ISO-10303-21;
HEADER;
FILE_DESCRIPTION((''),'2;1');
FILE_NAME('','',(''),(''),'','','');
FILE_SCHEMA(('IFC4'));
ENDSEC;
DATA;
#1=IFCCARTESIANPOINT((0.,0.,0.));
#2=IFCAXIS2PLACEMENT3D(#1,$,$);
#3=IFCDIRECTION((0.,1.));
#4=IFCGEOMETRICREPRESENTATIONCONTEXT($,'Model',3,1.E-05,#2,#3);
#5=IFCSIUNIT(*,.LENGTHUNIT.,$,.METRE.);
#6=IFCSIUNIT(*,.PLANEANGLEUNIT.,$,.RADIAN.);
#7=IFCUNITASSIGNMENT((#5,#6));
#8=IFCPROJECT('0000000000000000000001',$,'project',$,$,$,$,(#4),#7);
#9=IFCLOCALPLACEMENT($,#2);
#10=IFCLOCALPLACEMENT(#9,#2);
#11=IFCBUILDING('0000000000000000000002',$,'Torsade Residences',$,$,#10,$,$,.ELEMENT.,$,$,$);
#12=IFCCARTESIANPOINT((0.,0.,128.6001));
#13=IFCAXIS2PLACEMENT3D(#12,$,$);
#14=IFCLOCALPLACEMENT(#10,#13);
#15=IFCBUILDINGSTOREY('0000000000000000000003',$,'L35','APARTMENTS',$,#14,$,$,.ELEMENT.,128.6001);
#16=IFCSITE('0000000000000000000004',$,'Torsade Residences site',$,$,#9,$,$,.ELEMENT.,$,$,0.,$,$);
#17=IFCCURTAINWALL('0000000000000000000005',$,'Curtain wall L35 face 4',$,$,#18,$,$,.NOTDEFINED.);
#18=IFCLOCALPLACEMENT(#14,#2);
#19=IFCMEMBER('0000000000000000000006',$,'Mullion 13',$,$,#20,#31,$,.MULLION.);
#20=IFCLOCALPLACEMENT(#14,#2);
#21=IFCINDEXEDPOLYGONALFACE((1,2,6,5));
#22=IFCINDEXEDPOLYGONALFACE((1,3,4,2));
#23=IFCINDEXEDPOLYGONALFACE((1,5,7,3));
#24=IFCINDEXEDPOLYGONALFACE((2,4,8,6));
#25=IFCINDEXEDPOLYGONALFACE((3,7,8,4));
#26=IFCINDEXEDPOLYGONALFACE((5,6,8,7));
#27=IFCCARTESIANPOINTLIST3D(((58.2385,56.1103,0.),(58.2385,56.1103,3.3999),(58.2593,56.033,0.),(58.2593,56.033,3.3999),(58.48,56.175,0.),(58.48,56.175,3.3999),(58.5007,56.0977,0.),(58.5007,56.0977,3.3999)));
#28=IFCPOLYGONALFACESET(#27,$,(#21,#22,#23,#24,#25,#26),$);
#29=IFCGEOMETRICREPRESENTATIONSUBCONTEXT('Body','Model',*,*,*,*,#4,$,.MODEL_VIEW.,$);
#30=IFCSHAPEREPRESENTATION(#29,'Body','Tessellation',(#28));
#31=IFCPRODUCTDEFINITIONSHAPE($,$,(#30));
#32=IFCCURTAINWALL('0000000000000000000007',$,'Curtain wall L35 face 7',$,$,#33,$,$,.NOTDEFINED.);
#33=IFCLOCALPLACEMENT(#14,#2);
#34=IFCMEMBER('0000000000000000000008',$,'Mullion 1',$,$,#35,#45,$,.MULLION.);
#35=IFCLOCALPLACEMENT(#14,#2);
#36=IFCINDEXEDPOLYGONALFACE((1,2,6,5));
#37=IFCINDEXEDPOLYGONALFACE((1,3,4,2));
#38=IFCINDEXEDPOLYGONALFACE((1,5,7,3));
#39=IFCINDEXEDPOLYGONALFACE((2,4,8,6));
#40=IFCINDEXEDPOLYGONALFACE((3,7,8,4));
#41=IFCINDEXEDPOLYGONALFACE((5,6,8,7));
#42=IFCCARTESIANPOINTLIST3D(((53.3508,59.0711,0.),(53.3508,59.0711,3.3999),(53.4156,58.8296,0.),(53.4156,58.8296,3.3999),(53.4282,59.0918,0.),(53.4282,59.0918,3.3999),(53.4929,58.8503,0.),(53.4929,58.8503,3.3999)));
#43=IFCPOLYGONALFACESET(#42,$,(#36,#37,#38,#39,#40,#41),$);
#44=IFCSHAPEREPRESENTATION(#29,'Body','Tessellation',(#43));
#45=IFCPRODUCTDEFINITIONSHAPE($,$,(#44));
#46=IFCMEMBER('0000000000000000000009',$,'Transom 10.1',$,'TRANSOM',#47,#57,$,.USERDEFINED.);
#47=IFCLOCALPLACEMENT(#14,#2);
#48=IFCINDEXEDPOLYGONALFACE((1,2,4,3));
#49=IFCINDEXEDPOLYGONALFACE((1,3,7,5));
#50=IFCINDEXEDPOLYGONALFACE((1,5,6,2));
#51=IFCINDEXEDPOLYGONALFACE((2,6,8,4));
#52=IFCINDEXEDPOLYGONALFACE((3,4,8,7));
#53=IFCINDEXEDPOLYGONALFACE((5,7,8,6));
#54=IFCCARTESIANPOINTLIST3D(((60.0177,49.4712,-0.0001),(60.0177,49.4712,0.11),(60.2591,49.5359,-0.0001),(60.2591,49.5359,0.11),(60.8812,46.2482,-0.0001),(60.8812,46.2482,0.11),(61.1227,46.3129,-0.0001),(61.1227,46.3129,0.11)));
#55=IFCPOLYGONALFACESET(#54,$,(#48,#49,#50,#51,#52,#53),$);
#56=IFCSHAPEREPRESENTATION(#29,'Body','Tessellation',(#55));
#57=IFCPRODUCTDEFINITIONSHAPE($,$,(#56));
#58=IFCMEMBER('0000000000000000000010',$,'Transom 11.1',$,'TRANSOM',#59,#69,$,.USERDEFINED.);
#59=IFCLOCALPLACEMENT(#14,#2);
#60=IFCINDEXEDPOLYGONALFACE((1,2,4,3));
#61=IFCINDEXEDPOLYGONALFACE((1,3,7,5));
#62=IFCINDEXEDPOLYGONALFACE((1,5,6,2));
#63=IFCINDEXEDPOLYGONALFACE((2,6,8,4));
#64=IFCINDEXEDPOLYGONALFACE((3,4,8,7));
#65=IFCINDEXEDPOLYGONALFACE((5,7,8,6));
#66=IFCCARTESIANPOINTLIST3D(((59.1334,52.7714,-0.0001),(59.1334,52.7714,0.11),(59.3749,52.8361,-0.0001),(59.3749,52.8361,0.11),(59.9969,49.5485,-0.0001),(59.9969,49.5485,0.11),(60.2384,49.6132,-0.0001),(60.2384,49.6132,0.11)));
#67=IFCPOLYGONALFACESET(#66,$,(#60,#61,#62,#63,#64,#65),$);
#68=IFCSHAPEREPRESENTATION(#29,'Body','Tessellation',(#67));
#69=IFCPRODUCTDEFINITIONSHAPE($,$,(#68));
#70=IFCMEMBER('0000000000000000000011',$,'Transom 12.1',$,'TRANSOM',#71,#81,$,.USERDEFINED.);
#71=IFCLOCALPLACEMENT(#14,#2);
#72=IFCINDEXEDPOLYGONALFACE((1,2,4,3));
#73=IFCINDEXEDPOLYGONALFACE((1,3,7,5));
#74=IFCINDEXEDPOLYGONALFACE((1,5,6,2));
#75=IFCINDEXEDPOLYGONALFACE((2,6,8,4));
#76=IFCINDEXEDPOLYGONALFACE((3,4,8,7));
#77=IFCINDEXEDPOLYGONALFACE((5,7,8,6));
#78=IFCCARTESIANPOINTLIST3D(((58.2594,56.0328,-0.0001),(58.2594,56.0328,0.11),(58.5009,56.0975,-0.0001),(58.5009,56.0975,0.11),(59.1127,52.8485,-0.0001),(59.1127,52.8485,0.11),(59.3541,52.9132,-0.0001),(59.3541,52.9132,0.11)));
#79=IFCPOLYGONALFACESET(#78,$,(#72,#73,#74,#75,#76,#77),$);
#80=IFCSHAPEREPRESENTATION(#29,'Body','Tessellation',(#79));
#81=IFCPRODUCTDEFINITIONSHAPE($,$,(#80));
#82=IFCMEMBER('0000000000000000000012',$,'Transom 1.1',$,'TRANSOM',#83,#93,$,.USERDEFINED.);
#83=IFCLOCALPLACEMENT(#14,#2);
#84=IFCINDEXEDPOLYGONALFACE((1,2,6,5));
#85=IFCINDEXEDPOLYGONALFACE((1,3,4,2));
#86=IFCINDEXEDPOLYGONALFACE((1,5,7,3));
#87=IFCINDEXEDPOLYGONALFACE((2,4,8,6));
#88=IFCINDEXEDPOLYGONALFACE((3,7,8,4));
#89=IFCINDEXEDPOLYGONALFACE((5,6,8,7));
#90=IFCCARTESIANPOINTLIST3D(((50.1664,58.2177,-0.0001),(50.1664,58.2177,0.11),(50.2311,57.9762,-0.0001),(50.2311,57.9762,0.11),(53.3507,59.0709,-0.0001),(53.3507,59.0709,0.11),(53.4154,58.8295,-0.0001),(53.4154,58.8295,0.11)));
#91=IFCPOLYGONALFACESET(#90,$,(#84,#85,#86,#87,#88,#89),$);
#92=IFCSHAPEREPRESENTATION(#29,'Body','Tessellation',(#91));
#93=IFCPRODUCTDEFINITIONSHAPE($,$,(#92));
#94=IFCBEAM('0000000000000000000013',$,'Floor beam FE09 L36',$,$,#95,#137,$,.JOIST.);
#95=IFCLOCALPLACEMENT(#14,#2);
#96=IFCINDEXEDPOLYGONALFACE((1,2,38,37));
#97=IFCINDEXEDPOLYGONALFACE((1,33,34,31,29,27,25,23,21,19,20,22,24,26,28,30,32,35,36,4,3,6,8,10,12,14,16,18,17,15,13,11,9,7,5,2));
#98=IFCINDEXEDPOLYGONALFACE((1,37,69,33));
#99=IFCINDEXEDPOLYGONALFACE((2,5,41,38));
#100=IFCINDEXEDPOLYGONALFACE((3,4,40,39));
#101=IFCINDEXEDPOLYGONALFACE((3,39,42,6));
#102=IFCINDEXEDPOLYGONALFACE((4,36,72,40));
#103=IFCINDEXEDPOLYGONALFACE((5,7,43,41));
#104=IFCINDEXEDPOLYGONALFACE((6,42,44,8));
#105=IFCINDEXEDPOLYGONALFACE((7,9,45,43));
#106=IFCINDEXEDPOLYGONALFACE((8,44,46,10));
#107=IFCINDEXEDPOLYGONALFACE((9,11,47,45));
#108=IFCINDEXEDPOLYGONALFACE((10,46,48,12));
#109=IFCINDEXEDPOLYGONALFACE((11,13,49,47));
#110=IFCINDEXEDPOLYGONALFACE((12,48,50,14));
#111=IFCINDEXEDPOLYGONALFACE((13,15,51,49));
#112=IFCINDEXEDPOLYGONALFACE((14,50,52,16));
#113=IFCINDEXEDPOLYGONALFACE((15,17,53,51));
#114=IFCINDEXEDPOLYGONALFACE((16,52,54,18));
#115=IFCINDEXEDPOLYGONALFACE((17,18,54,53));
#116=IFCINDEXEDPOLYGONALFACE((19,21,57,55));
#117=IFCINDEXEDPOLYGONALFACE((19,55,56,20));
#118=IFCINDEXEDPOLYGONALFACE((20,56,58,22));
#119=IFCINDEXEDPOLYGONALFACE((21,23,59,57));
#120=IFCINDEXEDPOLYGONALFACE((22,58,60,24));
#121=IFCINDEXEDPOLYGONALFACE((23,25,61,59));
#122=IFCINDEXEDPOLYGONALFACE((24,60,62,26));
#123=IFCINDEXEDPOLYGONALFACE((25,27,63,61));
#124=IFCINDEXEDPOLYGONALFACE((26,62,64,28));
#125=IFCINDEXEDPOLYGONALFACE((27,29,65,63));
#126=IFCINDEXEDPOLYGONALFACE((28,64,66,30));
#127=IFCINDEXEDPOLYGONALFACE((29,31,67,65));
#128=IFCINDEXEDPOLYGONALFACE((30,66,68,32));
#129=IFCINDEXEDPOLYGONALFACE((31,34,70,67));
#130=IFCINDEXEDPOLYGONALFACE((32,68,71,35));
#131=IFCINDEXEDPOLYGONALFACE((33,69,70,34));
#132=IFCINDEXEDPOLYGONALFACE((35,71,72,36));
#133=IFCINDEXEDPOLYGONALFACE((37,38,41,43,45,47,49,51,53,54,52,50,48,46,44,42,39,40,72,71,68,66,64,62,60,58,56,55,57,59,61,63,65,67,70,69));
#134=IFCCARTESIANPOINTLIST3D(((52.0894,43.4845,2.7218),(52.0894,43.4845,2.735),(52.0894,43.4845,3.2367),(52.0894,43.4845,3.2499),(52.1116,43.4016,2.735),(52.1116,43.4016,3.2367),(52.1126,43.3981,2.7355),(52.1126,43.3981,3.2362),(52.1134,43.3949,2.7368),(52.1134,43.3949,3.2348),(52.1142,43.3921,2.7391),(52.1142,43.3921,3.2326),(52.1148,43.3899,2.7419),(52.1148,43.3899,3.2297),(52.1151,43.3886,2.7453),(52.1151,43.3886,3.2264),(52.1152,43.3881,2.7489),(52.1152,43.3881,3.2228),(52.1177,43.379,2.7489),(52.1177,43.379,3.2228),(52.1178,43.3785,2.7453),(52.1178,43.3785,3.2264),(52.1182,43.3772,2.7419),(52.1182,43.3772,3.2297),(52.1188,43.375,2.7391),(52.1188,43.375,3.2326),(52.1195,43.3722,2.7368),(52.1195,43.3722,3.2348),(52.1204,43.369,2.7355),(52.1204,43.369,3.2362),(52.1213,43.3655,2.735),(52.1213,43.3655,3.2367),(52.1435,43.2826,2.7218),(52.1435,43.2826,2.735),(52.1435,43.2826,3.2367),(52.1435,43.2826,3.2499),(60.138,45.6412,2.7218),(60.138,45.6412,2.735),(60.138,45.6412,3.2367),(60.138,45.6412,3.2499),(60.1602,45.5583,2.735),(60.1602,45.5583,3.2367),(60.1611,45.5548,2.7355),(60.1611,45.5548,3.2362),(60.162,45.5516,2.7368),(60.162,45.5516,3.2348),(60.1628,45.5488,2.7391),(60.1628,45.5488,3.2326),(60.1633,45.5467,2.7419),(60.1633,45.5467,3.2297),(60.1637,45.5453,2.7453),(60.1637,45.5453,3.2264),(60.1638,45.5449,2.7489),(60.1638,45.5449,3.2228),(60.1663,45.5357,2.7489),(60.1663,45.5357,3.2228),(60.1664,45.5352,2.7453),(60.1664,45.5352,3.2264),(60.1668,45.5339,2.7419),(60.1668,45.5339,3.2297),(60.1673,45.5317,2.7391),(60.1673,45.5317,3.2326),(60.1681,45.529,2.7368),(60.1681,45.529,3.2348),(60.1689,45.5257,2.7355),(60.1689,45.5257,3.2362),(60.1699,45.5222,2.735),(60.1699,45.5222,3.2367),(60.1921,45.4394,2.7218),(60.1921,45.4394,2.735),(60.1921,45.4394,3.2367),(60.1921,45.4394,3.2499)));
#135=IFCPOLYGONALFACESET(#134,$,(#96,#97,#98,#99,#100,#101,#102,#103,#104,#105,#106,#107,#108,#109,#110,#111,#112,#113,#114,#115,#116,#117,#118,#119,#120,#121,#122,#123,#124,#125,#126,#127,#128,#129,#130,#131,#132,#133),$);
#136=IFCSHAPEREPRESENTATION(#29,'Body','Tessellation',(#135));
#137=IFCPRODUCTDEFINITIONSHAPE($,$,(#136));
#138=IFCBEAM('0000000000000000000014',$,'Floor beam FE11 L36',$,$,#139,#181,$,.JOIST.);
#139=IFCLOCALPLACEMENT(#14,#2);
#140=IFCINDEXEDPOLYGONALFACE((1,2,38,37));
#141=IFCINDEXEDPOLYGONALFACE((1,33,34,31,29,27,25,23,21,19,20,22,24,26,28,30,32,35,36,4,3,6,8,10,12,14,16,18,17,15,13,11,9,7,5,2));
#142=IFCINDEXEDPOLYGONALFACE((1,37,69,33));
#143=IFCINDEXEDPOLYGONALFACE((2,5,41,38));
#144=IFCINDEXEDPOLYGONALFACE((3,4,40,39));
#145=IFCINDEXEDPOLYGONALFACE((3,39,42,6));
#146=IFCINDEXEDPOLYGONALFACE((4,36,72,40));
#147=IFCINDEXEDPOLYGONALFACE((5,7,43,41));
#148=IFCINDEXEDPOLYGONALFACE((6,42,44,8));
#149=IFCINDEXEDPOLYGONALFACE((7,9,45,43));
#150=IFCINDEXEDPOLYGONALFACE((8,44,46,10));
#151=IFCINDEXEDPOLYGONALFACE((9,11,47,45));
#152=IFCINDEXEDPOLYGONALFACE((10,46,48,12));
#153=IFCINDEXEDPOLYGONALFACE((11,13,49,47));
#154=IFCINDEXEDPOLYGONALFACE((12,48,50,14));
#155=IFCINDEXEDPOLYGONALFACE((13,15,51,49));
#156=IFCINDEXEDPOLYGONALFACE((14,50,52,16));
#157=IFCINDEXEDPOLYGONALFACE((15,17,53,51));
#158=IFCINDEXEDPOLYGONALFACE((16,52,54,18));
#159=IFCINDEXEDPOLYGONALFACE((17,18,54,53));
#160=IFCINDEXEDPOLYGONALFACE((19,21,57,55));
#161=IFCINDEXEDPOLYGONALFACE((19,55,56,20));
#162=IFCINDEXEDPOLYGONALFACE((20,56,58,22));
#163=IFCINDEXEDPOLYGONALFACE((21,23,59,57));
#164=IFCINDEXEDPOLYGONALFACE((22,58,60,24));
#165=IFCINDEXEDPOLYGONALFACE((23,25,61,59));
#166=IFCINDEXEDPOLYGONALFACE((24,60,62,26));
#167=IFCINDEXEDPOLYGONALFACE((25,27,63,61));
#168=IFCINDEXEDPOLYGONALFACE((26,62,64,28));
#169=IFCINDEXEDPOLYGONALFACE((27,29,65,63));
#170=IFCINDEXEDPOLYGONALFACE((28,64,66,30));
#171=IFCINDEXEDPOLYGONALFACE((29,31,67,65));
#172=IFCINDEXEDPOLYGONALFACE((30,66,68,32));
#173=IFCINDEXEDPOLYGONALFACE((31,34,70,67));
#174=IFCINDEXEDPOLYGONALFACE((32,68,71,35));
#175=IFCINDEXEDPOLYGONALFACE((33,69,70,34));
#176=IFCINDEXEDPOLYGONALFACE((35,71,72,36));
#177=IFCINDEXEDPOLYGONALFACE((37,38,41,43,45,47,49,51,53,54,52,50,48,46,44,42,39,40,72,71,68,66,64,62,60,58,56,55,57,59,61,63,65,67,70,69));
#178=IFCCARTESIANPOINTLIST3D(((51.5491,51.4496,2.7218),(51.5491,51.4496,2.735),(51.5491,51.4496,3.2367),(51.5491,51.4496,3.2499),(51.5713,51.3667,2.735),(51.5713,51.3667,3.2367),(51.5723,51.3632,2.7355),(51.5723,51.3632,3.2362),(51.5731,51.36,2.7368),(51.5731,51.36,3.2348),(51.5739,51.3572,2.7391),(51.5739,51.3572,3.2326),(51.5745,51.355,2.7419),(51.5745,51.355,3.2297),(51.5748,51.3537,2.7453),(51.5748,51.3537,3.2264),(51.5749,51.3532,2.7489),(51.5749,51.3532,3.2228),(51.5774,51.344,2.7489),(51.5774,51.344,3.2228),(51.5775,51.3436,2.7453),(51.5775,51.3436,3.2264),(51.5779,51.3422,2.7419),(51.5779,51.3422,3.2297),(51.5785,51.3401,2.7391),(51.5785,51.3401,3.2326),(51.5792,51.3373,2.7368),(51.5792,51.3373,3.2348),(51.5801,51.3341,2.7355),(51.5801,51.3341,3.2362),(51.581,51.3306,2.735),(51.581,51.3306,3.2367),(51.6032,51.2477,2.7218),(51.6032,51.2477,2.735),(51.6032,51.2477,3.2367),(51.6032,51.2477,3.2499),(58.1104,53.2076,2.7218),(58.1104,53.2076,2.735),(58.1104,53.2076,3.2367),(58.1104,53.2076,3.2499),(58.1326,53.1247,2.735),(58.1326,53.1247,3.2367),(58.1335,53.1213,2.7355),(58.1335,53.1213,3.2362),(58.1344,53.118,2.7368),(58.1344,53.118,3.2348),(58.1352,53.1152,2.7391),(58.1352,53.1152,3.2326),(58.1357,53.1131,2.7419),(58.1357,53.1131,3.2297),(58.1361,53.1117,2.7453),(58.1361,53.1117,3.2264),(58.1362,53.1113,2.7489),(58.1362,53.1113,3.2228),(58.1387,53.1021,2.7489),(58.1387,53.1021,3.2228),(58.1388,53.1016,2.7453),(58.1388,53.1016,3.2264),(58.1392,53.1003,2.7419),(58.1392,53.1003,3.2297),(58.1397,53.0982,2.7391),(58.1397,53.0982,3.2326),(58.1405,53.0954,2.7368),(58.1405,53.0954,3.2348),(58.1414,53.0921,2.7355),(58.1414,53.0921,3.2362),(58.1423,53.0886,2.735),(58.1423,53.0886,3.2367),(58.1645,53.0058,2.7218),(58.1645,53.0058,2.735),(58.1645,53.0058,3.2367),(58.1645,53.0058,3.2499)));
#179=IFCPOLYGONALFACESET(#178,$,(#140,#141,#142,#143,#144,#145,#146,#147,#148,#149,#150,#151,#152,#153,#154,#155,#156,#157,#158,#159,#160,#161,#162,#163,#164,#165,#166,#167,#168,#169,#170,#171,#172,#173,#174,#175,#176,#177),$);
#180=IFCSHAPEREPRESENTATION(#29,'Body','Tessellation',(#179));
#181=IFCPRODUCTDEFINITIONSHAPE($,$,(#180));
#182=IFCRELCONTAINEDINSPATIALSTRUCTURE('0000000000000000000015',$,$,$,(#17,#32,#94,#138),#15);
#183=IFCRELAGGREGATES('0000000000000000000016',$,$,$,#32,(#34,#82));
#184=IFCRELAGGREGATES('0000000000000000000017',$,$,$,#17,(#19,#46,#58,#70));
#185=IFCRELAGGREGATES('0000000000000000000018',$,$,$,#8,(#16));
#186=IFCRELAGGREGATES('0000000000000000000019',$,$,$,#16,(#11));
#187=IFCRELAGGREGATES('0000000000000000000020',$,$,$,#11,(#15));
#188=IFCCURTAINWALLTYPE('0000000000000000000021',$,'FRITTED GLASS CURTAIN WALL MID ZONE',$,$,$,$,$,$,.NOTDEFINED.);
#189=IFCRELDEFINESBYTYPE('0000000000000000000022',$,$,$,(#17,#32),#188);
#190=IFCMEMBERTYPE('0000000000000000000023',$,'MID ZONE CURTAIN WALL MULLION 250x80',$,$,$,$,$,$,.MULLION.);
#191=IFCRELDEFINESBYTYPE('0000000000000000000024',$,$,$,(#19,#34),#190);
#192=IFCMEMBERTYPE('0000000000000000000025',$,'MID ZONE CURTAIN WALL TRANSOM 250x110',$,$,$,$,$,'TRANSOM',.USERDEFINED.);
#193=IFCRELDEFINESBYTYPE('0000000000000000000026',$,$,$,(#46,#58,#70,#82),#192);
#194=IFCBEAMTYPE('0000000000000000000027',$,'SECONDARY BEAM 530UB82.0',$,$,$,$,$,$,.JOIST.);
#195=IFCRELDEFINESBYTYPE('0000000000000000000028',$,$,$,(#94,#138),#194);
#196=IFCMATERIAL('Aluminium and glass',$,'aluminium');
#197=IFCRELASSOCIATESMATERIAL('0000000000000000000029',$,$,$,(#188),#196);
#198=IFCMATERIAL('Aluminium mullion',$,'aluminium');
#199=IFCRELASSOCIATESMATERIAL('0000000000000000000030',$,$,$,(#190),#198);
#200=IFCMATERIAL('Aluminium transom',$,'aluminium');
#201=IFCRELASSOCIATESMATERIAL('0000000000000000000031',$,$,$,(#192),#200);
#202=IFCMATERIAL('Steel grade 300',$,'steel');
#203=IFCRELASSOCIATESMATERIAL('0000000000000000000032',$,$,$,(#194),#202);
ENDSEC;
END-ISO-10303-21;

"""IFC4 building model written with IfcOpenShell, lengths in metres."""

from ifc_helpers import new_model, si_unit, direction, frame, origin, origin_2d, place, context, subcontext, project, spatial, rectangle, i_section, extrude, material, material_profile, profile_set, type_object, element, aggregate, save


model = new_model("IFC4")

# Units and contexts
model_context = context("Model", 3, precision=1e-05, world=origin(), true_north=direction((0.0, 1.0)))
body_context = subcontext(model_context, "Body", "Model", "MODEL_VIEW")
ifc_project = project(units=[si_unit("LENGTHUNIT", "METRE"), si_unit("PLANEANGLEUNIT", "RADIAN")], contexts=[model_context])

# Site, building, storey
site_placement = place(None, origin())
site = spatial("IfcSite", under=ifc_project, at=site_placement, Name="Torsade Residences site", CompositionType="ELEMENT", RefElevation=0.0)
building_placement = place(site_placement, origin())
building = spatial("IfcBuilding", under=site, at=building_placement, Name="Torsade Residences", CompositionType="ELEMENT")
storey_placement = place(building_placement, frame((0.0, 0.0, 128.6001)))
storey = spatial("IfcBuildingStorey", under=building, at=storey_placement, Name="L35", Description="APARTMENTS", CompositionType="ELEMENT", Elevation=128.6001)

# Curtain wall, member
ifc_material_1 = material(Name="Aluminium and glass", Category="aluminium")
curtain_wall_type = type_object("IfcCurtainWallType", Name="FRITTED GLASS CURTAIN WALL MID ZONE", PredefinedType="NOTDEFINED", material=ifc_material_1)
curtain_wall_1_placement = place(storey_placement, origin())
curtain_wall_1 = element("IfcCurtainWall", 1, at=curtain_wall_1_placement, inside=storey, type_object=curtain_wall_type, Name="Curtain wall L35 face 4", PredefinedType="NOTDEFINED")
ifc_material_2 = material(Name="Aluminium mullion", Category="aluminium")
ifc_material_profile_1 = material_profile(ifc_material_2, rectangle(XDim=0.25, YDim=0.0801, at=origin_2d()), Name="MID ZONE CURTAIN WALL MULLION 250x80")
ifc_profile_set_1 = profile_set([ifc_material_profile_1], Name="Aluminium mullion")
member_type_1 = type_object("IfcMemberType", Name="MID ZONE CURTAIN WALL MULLION 250x80", PredefinedType="MULLION", material=ifc_profile_set_1)
member_1_placement = place(storey_placement, frame((58.3696, 56.104, 0.0), z_axis=(0.0, 0.0, 1.0), x_axis=(-0.965926, -0.258819, 0.0)))
member_1 = element("IfcMember", 2, at=member_1_placement, type_object=member_type_1, Name="Mullion 13", PredefinedType="MULLION", context=body_context, shape_type="SweptSolid", body=[
    extrude(rectangle(XDim=0.25, YDim=0.0801, at=origin_2d()), origin(), (0.0, 0.0, 1.0), 3.3999),
])

# Curtain wall, member
curtain_wall_2_placement = place(storey_placement, origin())
curtain_wall_2 = element("IfcCurtainWall", 3, at=curtain_wall_2_placement, inside=storey, type_object=curtain_wall_type, Name="Curtain wall L35 face 7", PredefinedType="NOTDEFINED")
member_2_placement = place(storey_placement, frame((53.4219, 58.9607, 0.0), z_axis=(0.0, 0.0, 1.0), x_axis=(0.258819, -0.965926, 0.0)))
member_2 = element("IfcMember", 4, at=member_2_placement, type_object=member_type_1, Name="Mullion 1", PredefinedType="MULLION", context=body_context, shape_type="SweptSolid", body=[
    extrude(rectangle(XDim=0.25, YDim=0.0801, at=origin_2d()), origin(), (0.0, 0.0, 1.0), 3.3999),
])

# Members
ifc_material_3 = material(Name="Aluminium transom", Category="aluminium")
ifc_material_profile_2 = material_profile(ifc_material_3, rectangle(XDim=0.25, YDim=0.1101, at=origin_2d()), Name="MID ZONE CURTAIN WALL TRANSOM 250x110")
ifc_profile_set_2 = profile_set([ifc_material_profile_2], Name="Aluminium transom")
member_type_2 = type_object("IfcMemberType", Name="MID ZONE CURTAIN WALL TRANSOM 250x110", ElementType="TRANSOM", PredefinedType="USERDEFINED", material=ifc_profile_set_2)
member_3_placement = place(storey_placement, frame((61.002, 46.2805, 0.0549), z_axis=(-0.258806, 0.965929, 0.0), x_axis=(-0.965929, -0.258806, 0.0)))
member_3 = element("IfcMember", 5, at=member_3_placement, type_object=member_type_2, Name="Transom 10.1", ObjectType="TRANSOM", PredefinedType="USERDEFINED", context=body_context, shape_type="SweptSolid", body=[
    extrude(rectangle(XDim=0.25, YDim=0.1101, at=origin_2d()), origin(), (0.0, 0.0, 1.0), 3.3367),
])
member_4_placement = place(storey_placement, frame((60.1177, 49.5808, 0.0549), z_axis=(-0.258806, 0.965929, 0.0), x_axis=(-0.965929, -0.258806, 0.0)))
member_4 = element("IfcMember", 6, at=member_4_placement, type_object=member_type_2, Name="Transom 11.1", ObjectType="TRANSOM", PredefinedType="USERDEFINED", context=body_context, shape_type="SweptSolid", body=[
    extrude(rectangle(XDim=0.25, YDim=0.1101, at=origin_2d()), origin(), (0.0, 0.0, 1.0), 3.3367),
])
member_5_placement = place(storey_placement, frame((59.2334, 52.8809, 0.0549), z_axis=(-0.258829, 0.965923, 0.0), x_axis=(-0.965923, -0.258829, 0.0)))
member_5 = element("IfcMember", 7, at=member_5_placement, type_object=member_type_2, Name="Transom 12.1", ObjectType="TRANSOM", PredefinedType="USERDEFINED", context=body_context, shape_type="SweptSolid", body=[
    extrude(rectangle(XDim=0.25, YDim=0.1101, at=origin_2d()), origin(), (0.0, 0.0, 1.0), 3.2966),
])
member_6_placement = place(storey_placement, frame((53.3831, 58.9502, 0.0549), z_axis=(-0.965923, -0.258829, 0.0), x_axis=(0.258829, -0.965923, 0.0)))
member_6 = element("IfcMember", 8, at=member_6_placement, type_object=member_type_2, Name="Transom 1.1", ObjectType="TRANSOM", PredefinedType="USERDEFINED", context=body_context, shape_type="SweptSolid", body=[
    extrude(rectangle(XDim=0.25, YDim=0.1101, at=origin_2d()), origin(), (0.0, 0.0, 1.0), 3.2966),
])
aggregate(curtain_wall_2, [member_2, member_6])

# Beams
ifc_material_4 = material(Name="Steel grade 300", Category="steel")
ifc_material_profile_3 = material_profile(ifc_material_4, i_section(OverallWidth=0.209, OverallDepth=0.5281, WebThickness=0.0095, FlangeThickness=0.0132, FilletRadius=0.0139, at=origin_2d()), Name="530UB82.0")
ifc_profile_set_3 = profile_set([ifc_material_profile_3], Name="Steel grade 300")
beam_type_1 = type_object("IfcBeamType", Name="SECONDARY BEAM 530UB82.0", PredefinedType="JOIST", material=ifc_profile_set_3)
beam_1_placement = place(storey_placement, frame((60.165, 45.5403, 2.9858), z_axis=(-0.965922, -0.258833, 0.0), x_axis=(0.258833, -0.965922, 0.0)))
element("IfcBeam", 9, at=beam_1_placement, inside=storey, type_object=beam_type_1, Name="Floor beam FE09 L36", PredefinedType="JOIST", context=body_context, shape_type="SweptSolid", body=[
    extrude(i_section(OverallWidth=0.209, OverallDepth=0.5281, WebThickness=0.0095, FlangeThickness=0.0132, FilletRadius=0.0139, at=origin_2d()), origin(), (0.0, 0.0, 1.0), 8.3325),
])
beam_2_placement = place(storey_placement, frame((58.1375, 53.1067, 2.9858), z_axis=(-0.965927, -0.258815, 0.0), x_axis=(0.258815, -0.965927, 0.0)))
element("IfcBeam", 10, at=beam_2_placement, inside=storey, type_object=beam_type_1, Name="Floor beam FE11 L36", PredefinedType="JOIST", context=body_context, shape_type="SweptSolid", body=[
    extrude(i_section(OverallWidth=0.209, OverallDepth=0.5281, WebThickness=0.0095, FlangeThickness=0.0132, FilletRadius=0.0139, at=origin_2d()), origin(), (0.0, 0.0, 1.0), 6.7927),
])

aggregate(curtain_wall_1, [member_1, member_3, member_4, member_5])

save(model, "model.ifc")
